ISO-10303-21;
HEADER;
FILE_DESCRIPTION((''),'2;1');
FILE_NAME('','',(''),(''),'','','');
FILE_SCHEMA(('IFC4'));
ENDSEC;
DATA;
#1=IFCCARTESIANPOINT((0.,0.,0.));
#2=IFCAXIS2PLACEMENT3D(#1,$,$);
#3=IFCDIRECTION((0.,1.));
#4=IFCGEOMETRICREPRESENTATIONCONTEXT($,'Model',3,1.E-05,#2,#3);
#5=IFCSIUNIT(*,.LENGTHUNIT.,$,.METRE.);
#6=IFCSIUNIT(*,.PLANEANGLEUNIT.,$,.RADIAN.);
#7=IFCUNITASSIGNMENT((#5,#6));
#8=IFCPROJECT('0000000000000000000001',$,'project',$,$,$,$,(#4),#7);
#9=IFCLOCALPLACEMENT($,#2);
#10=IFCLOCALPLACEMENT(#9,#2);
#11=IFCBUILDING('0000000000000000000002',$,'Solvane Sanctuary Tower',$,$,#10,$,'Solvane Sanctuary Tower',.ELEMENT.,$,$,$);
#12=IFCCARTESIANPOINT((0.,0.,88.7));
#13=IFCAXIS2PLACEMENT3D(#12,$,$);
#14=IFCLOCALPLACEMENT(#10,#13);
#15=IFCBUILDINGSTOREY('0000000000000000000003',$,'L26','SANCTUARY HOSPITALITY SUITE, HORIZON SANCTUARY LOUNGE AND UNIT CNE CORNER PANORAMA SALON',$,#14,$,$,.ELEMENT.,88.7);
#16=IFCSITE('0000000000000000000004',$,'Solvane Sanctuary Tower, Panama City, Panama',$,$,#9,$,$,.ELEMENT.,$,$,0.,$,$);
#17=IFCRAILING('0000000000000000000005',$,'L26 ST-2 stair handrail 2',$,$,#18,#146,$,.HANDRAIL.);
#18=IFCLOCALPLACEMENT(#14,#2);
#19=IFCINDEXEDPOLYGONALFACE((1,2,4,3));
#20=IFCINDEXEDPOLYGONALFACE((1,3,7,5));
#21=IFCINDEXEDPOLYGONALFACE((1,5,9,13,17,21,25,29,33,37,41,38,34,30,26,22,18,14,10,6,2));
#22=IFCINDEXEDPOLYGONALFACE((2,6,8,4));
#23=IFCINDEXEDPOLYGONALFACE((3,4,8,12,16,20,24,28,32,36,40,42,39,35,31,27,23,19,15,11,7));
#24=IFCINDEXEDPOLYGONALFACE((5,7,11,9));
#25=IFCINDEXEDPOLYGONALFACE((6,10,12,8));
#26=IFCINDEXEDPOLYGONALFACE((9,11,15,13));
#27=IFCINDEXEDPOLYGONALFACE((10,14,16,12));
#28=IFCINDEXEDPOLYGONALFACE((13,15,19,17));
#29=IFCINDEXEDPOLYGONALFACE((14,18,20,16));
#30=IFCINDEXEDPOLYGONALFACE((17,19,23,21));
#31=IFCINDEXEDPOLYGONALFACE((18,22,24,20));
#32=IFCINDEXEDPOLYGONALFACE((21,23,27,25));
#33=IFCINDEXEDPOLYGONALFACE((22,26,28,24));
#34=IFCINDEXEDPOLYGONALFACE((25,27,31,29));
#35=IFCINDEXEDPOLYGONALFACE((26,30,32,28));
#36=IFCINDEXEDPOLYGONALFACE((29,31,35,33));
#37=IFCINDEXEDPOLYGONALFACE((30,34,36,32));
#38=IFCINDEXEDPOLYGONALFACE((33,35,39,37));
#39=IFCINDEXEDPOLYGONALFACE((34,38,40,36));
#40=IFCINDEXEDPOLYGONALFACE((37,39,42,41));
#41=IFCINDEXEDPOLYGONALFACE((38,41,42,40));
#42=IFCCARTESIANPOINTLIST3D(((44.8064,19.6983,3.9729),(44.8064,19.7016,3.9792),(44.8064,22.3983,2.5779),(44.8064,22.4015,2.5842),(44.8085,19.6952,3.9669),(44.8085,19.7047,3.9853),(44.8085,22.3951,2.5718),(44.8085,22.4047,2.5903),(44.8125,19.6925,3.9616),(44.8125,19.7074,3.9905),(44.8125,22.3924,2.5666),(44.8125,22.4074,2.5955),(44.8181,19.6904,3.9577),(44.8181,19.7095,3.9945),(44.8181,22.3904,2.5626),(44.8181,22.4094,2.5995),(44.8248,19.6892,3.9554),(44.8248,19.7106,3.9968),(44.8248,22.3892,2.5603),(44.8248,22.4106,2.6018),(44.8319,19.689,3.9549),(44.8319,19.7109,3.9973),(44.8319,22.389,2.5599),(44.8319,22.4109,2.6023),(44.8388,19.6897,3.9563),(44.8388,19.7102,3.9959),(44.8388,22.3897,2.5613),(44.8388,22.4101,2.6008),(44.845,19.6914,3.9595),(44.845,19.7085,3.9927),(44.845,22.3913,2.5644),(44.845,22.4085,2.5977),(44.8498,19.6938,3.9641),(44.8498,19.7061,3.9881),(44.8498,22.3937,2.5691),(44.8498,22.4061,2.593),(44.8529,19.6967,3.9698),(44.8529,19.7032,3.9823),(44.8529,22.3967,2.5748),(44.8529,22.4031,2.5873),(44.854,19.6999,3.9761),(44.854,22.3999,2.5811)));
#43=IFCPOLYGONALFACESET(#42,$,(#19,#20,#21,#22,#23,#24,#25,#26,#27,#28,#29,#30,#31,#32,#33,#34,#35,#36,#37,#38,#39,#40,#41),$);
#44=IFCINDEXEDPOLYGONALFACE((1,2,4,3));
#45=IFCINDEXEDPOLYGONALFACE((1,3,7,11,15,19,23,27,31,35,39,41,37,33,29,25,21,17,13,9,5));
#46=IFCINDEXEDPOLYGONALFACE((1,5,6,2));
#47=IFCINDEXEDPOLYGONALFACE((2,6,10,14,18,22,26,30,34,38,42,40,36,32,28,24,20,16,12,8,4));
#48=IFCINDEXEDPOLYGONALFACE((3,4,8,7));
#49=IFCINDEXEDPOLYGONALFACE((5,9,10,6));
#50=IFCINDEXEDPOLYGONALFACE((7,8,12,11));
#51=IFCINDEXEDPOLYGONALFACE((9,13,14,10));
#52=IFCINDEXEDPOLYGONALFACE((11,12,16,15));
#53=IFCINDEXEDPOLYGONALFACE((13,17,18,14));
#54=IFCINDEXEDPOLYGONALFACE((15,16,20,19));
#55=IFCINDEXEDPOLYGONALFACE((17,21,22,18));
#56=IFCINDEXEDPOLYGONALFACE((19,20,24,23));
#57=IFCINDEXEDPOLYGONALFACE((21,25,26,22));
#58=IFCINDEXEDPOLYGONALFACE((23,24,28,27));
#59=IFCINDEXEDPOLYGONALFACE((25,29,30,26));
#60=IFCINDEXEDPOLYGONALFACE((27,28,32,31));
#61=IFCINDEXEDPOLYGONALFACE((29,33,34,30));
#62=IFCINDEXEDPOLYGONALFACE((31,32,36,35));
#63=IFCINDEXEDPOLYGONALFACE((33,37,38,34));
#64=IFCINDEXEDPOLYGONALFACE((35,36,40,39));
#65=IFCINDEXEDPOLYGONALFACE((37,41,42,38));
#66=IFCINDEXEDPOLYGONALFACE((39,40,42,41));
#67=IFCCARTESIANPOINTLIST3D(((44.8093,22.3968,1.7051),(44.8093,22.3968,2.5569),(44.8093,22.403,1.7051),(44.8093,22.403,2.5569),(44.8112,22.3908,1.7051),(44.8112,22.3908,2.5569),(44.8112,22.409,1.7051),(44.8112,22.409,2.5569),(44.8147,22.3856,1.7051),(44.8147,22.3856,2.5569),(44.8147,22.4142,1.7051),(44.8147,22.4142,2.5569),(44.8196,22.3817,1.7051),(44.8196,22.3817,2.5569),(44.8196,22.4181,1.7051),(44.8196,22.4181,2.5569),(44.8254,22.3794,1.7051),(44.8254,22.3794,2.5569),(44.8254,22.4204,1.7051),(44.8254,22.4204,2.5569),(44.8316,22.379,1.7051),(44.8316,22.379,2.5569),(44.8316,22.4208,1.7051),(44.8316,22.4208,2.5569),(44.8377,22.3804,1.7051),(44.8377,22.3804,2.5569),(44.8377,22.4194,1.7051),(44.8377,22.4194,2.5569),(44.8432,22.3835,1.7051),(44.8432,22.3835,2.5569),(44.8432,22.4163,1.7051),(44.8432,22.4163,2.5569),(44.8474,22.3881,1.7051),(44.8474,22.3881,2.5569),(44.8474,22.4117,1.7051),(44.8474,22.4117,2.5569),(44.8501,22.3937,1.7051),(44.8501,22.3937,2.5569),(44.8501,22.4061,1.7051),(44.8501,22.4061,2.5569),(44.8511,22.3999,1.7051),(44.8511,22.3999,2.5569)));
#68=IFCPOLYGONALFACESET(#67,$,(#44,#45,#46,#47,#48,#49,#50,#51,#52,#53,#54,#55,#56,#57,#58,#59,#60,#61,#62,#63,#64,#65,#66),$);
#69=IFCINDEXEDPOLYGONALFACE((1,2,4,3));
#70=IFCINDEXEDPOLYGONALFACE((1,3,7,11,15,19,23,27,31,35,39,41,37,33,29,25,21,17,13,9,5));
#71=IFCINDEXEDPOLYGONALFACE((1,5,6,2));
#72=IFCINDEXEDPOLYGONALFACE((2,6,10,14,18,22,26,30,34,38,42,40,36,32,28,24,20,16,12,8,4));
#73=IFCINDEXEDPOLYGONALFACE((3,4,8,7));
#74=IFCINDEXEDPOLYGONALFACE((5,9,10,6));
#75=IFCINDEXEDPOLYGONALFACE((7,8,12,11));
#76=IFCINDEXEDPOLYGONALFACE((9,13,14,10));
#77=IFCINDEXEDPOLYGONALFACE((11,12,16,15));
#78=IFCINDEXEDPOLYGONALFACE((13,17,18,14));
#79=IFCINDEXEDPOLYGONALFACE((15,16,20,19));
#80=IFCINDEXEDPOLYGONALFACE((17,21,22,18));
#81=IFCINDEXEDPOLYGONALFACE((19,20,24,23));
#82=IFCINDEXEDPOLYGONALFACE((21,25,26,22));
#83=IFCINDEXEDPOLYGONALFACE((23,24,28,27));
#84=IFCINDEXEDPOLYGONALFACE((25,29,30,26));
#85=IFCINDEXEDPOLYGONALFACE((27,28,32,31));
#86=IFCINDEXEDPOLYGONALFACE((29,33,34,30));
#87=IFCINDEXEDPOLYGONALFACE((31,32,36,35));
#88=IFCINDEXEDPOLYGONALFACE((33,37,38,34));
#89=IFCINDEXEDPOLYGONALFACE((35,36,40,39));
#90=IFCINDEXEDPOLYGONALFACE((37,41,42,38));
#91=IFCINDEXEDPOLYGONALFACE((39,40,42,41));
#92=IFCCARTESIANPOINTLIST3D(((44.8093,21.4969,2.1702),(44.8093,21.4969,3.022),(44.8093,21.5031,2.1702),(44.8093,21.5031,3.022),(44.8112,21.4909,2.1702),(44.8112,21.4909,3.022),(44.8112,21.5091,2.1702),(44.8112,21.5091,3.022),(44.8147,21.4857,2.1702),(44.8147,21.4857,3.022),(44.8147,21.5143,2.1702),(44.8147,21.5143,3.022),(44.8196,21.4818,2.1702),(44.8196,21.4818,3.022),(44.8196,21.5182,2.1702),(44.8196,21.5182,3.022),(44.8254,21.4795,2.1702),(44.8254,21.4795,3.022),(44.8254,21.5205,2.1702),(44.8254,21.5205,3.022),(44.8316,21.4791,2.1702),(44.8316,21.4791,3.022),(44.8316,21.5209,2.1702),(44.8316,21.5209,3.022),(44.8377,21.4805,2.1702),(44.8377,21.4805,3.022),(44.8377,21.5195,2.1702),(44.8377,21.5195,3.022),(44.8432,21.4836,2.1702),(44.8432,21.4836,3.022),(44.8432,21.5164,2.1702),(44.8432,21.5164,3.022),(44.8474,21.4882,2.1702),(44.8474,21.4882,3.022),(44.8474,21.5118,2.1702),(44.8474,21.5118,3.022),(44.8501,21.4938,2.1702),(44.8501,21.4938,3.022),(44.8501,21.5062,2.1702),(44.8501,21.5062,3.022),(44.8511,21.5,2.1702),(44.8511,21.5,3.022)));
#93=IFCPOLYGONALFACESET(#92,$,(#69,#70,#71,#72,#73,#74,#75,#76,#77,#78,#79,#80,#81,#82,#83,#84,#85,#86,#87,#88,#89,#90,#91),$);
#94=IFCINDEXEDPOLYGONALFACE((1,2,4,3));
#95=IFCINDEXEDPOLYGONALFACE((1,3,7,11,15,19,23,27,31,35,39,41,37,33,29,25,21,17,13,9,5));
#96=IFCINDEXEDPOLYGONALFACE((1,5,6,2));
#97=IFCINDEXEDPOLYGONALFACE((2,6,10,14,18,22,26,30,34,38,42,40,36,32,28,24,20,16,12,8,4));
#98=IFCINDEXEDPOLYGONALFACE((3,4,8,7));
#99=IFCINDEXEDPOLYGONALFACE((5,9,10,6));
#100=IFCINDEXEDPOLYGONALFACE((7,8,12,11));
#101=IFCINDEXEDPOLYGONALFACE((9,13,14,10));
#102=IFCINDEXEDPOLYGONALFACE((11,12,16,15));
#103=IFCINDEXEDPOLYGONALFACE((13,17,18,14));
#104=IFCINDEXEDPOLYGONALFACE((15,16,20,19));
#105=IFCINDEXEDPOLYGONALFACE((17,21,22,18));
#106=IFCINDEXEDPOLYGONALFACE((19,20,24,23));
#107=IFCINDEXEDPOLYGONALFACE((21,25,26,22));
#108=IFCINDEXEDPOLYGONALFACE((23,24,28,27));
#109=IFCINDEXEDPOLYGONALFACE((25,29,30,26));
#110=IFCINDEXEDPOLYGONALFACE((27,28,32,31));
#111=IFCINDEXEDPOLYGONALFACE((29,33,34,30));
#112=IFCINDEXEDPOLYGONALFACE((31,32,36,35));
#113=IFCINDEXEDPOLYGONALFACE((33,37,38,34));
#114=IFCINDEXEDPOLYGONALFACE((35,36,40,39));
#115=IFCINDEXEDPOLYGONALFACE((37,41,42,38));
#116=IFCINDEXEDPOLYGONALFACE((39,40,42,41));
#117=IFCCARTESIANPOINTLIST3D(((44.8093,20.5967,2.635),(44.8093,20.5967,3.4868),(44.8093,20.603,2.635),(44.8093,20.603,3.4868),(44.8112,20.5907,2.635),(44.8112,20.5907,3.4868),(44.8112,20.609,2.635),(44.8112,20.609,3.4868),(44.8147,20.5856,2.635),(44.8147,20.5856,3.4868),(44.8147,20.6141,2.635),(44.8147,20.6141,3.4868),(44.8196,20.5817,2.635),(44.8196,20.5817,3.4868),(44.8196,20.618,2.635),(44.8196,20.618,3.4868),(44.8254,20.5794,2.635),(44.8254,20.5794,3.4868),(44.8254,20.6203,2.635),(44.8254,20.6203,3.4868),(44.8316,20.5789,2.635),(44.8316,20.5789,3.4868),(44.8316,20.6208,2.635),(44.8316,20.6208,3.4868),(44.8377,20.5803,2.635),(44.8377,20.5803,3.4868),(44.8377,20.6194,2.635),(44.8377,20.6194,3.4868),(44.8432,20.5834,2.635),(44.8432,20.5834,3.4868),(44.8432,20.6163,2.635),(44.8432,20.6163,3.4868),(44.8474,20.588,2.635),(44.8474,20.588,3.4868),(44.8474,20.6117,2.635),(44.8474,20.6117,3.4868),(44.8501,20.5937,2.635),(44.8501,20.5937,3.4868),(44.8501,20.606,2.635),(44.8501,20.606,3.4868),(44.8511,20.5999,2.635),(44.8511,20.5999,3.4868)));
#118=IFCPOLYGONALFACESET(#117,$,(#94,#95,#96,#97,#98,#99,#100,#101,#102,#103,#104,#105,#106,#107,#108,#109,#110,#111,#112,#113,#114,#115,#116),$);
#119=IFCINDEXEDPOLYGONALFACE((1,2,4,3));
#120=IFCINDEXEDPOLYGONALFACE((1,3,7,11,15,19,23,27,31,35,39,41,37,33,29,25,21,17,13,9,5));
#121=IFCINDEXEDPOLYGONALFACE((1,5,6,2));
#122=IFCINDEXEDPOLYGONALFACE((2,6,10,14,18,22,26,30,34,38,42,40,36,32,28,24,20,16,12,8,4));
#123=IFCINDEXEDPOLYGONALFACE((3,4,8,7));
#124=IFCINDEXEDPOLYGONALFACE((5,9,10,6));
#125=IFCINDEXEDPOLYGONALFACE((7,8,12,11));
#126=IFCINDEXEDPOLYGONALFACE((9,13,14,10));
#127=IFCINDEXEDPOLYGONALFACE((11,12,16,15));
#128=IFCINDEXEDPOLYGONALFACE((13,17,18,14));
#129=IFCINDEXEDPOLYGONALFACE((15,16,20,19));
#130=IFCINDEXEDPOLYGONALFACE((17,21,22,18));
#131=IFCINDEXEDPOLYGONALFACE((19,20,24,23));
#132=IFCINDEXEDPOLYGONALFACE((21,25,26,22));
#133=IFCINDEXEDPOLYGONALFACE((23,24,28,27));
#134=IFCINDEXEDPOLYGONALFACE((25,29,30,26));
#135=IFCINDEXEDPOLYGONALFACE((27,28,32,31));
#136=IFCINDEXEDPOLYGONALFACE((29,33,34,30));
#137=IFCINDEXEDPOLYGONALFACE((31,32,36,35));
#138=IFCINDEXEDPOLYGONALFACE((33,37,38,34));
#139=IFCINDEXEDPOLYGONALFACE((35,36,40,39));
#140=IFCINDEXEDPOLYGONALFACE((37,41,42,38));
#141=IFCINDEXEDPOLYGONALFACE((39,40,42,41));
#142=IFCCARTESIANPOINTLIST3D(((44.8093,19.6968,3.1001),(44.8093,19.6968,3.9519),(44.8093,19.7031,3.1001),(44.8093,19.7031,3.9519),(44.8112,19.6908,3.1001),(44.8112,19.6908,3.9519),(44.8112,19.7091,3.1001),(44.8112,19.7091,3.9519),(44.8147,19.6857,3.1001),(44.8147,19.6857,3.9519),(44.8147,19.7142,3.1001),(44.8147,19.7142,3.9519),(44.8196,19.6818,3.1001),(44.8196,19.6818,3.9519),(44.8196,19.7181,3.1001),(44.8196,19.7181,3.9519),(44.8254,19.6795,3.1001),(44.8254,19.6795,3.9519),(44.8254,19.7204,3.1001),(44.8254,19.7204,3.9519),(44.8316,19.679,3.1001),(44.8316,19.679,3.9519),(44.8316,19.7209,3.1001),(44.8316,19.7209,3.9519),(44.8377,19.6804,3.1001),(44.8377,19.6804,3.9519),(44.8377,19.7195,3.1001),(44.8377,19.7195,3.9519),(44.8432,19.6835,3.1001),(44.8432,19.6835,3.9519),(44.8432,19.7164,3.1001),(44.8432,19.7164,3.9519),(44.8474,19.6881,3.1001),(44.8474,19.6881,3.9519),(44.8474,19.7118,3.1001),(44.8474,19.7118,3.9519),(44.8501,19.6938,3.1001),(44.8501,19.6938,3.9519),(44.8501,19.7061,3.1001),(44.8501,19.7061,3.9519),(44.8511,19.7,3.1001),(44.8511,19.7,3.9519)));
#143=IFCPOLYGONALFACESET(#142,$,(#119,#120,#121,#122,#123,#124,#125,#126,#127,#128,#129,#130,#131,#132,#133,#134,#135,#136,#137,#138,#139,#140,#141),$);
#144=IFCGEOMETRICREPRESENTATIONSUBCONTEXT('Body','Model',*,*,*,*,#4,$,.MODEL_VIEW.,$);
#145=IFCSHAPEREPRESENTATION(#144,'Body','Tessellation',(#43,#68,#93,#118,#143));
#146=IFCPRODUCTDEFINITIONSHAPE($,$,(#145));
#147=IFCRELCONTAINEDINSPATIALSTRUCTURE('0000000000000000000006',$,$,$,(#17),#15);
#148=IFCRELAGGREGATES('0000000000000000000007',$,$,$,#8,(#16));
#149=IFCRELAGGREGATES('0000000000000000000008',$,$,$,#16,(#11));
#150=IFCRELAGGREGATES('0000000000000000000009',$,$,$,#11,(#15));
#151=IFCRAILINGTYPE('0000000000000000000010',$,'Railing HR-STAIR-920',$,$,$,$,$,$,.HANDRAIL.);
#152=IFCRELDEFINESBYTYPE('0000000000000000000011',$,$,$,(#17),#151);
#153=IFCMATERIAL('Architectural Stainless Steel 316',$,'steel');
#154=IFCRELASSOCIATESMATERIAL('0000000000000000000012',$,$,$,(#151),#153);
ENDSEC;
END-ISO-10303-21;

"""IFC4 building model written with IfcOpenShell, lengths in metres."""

from ifc_helpers import new_model, si_unit, direction, frame, origin, origin_2d, place, context, subcontext, project, spatial, circle, extrude, material, type_object, element, save


model = new_model("IFC4")

# Units and contexts
model_context = context("Model", 3, precision=1e-05, world=origin(), true_north=direction((0.0, 1.0)))
body_context = subcontext(model_context, "Body", "Model", "MODEL_VIEW")
ifc_project = project(units=[si_unit("LENGTHUNIT", "METRE"), si_unit("PLANEANGLEUNIT", "RADIAN")], contexts=[model_context])

# Site, building, storey
site_placement = place(None, origin())
site = spatial("IfcSite", under=ifc_project, at=site_placement, Name="Solvane Sanctuary Tower, Panama City, Panama", CompositionType="ELEMENT", RefElevation=0.0)
building_placement = place(site_placement, origin())
building = spatial("IfcBuilding", under=site, at=building_placement, Name="Solvane Sanctuary Tower", LongName="Solvane Sanctuary Tower", CompositionType="ELEMENT")
storey_placement = place(building_placement, frame((0.0, 0.0, 88.7)))
storey = spatial("IfcBuildingStorey", under=building, at=storey_placement, Name="L26", Description="SANCTUARY HOSPITALITY SUITE, HORIZON SANCTUARY LOUNGE AND UNIT CNE CORNER PANORAMA SALON", CompositionType="ELEMENT", Elevation=88.7)

# Shared definitions
ifc_material_1 = material(Name="Architectural Stainless Steel 316", Category="steel")

# Railing
railing_type_1 = type_object("IfcRailingType", Name="Railing HR-STAIR-920", PredefinedType="HANDRAIL", material=ifc_material_1)
railing_1_placement = place(storey_placement, frame((44.8301, 22.3999, 1.7051)))
element("IfcRailing", 1, at=railing_1_placement, inside=storey, type_object=railing_type_1, Name="L26 ST-2 stair handrail 2", PredefinedType="HANDRAIL", context=body_context, shape_type="SweptSolid", body=[
    extrude(circle(Radius=0.0239, at=origin_2d()), frame((0.0, 0.0, 0.876), z_axis=(0.0, -0.88842, 0.459032), x_axis=(1.0, 0.0, 0.0)), (0.0, 0.0, 1.0), 3.0391),
    extrude(circle(Radius=0.021, at=origin_2d()), origin(), (0.0, 0.0, 1.0), 0.8518),
    extrude(circle(Radius=0.021, at=origin_2d()), frame((0.0, -0.8999, 0.4651)), (0.0, 0.0, 1.0), 0.8518),
    extrude(circle(Radius=0.021, at=origin_2d()), frame((0.0, -1.8, 0.9299)), (0.0, 0.0, 1.0), 0.8518),
    extrude(circle(Radius=0.021, at=origin_2d()), frame((0.0, -2.7, 1.395)), (0.0, 0.0, 1.0), 0.8518),
])

save(model, "model.ifc")
